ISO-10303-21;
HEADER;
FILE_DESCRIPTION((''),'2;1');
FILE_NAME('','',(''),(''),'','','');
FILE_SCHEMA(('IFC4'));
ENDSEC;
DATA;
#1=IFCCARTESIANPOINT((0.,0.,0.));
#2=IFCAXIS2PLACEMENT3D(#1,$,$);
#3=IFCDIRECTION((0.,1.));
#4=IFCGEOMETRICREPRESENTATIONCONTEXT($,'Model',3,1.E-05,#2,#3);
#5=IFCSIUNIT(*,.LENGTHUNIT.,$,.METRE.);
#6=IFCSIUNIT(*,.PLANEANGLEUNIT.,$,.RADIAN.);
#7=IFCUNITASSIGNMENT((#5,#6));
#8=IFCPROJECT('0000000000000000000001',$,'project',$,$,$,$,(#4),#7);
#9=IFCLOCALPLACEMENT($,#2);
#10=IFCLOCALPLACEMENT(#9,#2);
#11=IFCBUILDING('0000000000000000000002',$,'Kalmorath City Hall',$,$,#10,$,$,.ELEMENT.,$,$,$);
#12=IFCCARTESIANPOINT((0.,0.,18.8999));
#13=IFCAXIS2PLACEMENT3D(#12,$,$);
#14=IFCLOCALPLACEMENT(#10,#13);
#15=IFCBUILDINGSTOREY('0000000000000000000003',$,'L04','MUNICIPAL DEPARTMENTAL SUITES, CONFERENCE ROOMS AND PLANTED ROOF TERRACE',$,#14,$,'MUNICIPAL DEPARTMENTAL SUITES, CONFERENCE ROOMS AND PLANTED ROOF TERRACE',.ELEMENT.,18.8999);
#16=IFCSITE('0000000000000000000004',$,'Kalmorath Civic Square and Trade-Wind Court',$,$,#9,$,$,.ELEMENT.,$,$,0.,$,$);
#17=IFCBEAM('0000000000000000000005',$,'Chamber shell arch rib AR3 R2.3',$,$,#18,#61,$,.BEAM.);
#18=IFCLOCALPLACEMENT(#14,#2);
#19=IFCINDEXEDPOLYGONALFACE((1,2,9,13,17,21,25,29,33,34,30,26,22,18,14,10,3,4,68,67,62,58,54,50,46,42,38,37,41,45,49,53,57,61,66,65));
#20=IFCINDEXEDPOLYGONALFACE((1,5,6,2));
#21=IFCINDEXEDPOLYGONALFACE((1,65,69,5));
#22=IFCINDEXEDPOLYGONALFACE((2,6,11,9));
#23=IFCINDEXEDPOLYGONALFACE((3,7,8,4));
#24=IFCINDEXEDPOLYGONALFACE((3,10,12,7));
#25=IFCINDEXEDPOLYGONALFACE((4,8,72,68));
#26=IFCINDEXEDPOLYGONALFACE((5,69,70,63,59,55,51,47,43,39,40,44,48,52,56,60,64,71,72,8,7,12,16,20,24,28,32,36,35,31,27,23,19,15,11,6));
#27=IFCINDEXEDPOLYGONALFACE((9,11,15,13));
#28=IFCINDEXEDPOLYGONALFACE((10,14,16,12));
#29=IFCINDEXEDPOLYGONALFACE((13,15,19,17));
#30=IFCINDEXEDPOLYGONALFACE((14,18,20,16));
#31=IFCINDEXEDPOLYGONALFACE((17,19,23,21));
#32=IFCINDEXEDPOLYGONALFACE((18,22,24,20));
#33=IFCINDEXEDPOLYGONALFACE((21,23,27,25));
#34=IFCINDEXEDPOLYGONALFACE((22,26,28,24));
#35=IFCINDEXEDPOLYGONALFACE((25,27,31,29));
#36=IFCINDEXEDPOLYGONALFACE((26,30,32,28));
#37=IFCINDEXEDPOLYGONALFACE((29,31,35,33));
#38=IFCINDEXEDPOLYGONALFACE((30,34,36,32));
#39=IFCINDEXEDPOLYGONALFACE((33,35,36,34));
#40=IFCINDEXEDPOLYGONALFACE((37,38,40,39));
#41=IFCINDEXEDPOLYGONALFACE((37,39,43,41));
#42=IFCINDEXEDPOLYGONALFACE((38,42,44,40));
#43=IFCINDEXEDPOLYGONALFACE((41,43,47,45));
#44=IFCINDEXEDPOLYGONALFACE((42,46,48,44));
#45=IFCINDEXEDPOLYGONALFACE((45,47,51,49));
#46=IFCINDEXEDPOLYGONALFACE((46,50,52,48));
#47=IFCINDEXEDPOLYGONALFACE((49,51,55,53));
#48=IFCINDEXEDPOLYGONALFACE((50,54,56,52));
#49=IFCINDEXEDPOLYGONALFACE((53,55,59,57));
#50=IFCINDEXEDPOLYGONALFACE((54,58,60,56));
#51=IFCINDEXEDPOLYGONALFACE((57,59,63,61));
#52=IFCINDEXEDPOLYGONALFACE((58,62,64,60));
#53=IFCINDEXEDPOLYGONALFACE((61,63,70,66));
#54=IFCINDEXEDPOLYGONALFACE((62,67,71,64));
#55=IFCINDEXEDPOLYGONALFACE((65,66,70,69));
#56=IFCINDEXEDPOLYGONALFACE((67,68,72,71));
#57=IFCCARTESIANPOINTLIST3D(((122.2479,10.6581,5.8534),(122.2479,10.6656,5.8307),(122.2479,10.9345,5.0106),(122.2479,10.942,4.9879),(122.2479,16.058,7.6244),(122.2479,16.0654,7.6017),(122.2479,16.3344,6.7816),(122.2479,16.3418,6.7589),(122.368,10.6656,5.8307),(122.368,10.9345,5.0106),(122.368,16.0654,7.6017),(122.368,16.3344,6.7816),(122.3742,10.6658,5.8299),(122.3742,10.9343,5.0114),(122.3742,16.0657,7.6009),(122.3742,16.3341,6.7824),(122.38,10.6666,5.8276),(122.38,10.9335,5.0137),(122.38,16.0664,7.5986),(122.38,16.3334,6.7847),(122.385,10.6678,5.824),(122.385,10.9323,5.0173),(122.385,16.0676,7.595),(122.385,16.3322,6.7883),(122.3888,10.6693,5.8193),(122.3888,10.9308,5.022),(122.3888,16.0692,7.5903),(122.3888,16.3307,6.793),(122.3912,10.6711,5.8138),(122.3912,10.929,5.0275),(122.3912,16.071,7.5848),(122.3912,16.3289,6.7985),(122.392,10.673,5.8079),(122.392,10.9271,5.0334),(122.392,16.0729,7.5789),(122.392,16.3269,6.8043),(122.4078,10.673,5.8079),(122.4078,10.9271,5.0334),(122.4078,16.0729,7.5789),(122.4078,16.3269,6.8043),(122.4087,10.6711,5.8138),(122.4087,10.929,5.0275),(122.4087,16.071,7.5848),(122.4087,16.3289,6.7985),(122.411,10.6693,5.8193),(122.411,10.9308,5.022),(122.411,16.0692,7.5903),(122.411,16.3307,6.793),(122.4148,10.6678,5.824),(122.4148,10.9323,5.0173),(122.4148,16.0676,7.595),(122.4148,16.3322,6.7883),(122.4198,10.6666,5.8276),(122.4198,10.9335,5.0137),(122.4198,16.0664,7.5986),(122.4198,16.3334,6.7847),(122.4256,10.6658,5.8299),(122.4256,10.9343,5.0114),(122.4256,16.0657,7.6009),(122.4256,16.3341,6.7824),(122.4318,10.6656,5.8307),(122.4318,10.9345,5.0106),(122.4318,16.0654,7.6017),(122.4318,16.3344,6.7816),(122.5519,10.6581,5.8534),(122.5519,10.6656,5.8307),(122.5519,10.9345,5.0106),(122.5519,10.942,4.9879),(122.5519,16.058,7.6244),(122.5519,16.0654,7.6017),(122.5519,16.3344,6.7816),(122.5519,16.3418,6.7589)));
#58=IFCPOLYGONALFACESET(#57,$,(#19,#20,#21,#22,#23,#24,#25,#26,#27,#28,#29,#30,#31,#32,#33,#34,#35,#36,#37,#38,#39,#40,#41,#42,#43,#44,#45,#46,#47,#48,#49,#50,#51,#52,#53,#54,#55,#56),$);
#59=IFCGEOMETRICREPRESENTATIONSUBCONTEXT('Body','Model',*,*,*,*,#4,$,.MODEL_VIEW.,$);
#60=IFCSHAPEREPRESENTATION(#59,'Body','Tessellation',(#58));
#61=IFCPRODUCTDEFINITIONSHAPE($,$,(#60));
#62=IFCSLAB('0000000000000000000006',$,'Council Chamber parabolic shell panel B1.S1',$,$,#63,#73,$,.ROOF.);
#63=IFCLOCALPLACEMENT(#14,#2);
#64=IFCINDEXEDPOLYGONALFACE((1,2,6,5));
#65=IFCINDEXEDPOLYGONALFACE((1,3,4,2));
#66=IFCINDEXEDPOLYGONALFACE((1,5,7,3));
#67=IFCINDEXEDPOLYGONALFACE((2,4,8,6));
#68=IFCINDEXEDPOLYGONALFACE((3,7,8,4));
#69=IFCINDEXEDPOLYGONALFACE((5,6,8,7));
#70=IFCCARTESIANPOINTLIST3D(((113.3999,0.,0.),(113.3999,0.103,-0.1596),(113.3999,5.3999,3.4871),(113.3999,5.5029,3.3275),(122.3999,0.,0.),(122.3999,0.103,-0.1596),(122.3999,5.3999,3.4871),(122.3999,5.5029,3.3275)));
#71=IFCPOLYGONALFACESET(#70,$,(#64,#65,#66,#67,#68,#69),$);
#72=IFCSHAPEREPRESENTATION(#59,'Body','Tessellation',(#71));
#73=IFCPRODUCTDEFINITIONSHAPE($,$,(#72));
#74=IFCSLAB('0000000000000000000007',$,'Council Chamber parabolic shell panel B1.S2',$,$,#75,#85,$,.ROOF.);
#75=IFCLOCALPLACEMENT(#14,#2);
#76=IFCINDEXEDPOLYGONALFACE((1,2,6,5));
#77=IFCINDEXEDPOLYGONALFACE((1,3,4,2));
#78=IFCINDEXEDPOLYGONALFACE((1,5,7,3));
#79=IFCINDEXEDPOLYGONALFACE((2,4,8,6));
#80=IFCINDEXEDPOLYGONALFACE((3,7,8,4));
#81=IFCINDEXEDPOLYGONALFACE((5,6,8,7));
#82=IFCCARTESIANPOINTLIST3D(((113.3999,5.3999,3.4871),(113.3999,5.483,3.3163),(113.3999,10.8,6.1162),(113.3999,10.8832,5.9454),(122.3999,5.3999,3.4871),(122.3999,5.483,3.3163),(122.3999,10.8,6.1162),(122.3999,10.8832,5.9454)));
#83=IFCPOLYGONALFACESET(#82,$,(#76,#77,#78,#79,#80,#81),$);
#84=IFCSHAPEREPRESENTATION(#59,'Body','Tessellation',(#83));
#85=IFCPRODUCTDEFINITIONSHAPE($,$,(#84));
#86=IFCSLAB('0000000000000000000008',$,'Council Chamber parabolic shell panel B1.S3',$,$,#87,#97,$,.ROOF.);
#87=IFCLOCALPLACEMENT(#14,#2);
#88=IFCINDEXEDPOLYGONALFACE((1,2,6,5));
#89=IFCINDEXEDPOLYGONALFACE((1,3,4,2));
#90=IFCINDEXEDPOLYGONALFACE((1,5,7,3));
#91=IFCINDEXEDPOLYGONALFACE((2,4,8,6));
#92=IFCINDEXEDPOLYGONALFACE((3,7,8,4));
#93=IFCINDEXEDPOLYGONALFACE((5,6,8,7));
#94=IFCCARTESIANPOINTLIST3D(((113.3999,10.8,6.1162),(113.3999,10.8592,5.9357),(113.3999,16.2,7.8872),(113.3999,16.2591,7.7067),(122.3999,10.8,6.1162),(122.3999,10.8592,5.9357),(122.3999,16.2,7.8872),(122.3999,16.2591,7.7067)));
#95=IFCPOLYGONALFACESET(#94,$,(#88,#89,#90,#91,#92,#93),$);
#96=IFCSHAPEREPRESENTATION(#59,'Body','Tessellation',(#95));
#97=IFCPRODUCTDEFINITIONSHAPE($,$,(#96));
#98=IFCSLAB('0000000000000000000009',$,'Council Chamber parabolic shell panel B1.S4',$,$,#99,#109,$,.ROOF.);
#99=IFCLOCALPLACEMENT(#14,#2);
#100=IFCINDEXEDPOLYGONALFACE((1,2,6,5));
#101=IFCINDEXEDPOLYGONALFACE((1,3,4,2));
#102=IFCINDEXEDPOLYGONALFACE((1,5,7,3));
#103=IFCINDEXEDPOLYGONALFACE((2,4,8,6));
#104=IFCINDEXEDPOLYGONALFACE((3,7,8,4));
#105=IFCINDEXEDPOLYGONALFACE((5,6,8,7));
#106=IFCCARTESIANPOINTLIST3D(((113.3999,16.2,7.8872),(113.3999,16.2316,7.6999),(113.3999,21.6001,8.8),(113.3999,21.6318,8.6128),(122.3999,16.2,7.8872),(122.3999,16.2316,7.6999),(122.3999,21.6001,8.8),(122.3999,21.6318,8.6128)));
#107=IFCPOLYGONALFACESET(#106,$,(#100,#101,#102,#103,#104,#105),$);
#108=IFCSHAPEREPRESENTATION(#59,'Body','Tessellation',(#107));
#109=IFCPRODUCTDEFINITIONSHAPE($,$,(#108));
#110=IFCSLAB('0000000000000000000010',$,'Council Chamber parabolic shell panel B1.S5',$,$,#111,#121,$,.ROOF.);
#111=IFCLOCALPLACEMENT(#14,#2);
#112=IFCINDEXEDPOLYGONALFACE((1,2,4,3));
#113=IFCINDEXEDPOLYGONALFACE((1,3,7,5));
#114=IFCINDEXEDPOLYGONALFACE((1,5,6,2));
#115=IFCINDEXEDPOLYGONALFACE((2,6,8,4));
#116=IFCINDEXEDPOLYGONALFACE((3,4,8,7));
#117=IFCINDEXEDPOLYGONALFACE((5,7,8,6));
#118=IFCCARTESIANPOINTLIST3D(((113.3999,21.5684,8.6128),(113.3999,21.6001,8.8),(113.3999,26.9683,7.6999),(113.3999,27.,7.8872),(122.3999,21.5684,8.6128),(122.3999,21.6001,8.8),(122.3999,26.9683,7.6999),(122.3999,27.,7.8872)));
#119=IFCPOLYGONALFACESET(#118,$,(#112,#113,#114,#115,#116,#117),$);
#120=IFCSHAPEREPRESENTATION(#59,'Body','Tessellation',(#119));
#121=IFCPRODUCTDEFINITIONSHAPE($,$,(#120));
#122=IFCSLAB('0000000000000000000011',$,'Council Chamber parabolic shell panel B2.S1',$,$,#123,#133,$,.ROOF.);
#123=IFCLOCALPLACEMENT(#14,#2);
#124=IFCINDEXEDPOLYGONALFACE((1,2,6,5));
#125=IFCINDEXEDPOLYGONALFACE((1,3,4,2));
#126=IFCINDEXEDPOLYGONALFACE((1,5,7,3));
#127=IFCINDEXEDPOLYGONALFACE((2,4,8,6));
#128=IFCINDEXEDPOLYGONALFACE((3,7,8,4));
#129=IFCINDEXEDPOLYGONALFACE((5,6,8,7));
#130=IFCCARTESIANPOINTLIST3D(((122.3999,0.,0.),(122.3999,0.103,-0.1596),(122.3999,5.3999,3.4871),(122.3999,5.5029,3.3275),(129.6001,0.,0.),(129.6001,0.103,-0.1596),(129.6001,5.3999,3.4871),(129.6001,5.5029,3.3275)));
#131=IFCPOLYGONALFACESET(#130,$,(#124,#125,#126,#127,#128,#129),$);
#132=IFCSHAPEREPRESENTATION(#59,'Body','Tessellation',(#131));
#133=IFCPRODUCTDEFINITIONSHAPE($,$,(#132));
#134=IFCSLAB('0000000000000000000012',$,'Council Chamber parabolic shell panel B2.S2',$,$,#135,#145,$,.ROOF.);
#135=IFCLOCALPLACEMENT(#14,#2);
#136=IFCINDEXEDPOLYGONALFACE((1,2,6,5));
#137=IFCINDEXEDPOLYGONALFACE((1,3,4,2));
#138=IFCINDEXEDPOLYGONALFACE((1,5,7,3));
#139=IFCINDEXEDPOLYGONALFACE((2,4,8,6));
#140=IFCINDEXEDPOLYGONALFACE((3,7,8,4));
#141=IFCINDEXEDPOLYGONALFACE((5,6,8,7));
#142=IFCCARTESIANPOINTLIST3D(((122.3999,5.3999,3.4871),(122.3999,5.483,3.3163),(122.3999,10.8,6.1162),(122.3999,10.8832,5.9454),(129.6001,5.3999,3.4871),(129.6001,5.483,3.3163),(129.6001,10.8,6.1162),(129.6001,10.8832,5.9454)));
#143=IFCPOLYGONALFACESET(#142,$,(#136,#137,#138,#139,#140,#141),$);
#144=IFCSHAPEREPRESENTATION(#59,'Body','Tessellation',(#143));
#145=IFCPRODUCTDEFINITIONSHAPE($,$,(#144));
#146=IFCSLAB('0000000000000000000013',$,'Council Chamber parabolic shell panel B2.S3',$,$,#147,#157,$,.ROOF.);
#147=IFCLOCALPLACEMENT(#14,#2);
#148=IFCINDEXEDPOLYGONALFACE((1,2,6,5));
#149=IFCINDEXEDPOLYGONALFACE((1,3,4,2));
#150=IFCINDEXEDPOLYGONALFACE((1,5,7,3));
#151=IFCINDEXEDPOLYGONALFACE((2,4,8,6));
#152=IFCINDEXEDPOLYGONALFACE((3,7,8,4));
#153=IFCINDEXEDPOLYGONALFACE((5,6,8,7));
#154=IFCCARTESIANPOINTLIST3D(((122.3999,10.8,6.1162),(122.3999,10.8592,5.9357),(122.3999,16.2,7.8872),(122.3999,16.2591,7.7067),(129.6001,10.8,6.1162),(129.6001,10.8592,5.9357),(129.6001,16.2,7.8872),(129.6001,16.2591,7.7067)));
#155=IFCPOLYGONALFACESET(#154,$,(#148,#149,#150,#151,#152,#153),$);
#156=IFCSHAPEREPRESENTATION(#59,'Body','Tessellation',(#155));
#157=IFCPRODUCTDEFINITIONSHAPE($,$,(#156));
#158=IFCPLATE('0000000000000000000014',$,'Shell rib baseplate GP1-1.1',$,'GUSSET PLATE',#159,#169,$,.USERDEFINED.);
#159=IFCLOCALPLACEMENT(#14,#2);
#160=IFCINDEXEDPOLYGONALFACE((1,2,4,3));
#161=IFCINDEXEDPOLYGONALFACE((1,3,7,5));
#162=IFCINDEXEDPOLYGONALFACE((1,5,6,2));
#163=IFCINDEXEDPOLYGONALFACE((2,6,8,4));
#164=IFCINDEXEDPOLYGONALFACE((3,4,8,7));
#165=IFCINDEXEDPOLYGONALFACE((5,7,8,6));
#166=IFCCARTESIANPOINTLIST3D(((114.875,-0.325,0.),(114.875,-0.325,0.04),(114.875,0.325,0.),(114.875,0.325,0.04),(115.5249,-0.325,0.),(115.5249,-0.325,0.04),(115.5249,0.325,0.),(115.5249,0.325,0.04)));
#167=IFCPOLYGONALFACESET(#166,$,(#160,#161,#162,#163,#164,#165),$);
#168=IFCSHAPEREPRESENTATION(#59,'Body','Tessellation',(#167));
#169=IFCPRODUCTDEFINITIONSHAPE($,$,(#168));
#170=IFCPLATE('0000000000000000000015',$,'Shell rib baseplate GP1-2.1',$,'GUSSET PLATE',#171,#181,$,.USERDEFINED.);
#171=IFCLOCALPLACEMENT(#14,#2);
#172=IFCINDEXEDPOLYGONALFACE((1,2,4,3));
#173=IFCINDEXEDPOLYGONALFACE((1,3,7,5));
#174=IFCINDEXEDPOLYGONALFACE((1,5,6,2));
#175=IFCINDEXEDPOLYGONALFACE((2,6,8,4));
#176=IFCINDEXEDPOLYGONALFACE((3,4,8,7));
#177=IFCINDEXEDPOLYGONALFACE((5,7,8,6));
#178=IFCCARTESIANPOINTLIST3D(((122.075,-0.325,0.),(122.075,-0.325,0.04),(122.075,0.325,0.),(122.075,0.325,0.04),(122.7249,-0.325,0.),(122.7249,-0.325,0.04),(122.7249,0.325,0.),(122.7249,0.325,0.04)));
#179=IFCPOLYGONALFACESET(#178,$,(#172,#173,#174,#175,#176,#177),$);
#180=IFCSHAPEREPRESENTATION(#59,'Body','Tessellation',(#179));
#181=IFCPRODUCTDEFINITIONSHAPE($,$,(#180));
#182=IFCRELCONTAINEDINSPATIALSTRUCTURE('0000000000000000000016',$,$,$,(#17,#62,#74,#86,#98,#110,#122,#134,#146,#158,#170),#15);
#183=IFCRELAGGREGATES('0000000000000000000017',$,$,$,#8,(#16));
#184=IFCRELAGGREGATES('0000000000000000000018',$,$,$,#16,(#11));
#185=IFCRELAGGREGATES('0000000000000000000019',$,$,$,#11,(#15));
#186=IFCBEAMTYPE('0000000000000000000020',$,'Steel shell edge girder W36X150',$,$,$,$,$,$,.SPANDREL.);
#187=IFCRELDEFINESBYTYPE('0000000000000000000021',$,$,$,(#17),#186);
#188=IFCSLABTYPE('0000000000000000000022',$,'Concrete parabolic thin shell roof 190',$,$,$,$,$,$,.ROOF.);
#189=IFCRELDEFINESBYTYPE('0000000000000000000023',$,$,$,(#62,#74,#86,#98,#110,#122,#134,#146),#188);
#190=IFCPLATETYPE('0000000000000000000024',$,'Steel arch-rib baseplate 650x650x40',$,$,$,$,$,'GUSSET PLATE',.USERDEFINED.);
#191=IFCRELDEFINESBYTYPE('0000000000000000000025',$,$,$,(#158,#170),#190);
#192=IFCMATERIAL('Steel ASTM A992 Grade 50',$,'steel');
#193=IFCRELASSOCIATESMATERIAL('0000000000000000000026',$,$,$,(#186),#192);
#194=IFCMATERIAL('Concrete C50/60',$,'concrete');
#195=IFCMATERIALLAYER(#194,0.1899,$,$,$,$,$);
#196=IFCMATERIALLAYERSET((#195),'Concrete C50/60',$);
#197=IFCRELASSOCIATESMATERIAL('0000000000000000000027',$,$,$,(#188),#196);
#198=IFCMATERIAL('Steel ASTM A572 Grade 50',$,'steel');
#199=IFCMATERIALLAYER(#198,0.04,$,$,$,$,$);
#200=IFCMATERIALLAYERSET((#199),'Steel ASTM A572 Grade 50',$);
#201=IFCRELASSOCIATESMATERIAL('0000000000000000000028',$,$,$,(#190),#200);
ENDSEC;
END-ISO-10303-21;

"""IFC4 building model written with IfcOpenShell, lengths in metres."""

from ifc_helpers import new_model, si_unit, direction, frame, origin, origin_2d, place, context, subcontext, project, spatial, polyline, rectangle, i_section, outline, extrude, material, layer, layer_set, material_profile, profile_set, type_object, element, save


model = new_model("IFC4")

# Units and contexts
model_context = context("Model", 3, precision=1e-05, world=origin(), true_north=direction((0.0, 1.0)))
body_context = subcontext(model_context, "Body", "Model", "MODEL_VIEW")
ifc_project = project(units=[si_unit("LENGTHUNIT", "METRE"), si_unit("PLANEANGLEUNIT", "RADIAN")], contexts=[model_context])

# Site, building, storey
site_placement = place(None, origin())
site = spatial("IfcSite", under=ifc_project, at=site_placement, Name="Kalmorath Civic Square and Trade-Wind Court", CompositionType="ELEMENT", RefElevation=0.0)
building_placement = place(site_placement, origin())
building = spatial("IfcBuilding", under=site, at=building_placement, Name="Kalmorath City Hall", CompositionType="ELEMENT")
storey_placement = place(building_placement, frame((0.0, 0.0, 18.8999)))
storey = spatial("IfcBuildingStorey", under=building, at=storey_placement, Name="L04", Description="MUNICIPAL DEPARTMENTAL SUITES, CONFERENCE ROOMS AND PLANTED ROOF TERRACE", LongName="MUNICIPAL DEPARTMENTAL SUITES, CONFERENCE ROOMS AND PLANTED ROOF TERRACE", CompositionType="ELEMENT", Elevation=18.8999)

# Beam
ifc_material_1 = material(Name="Steel ASTM A992 Grade 50", Category="steel")
ifc_material_profile_1 = material_profile(ifc_material_1, i_section(OverallWidth=0.304, OverallDepth=0.9109, WebThickness=0.0159, FlangeThickness=0.0239, FilletRadius=0.0239, at=origin_2d()), Name="W36X150")
ifc_profile_set_1 = profile_set([ifc_material_profile_1], Name="Steel ASTM A992 Grade 50")
beam_type_1 = type_object("IfcBeamType", Name="Steel shell edge girder W36X150", PredefinedType="SPANDREL", material=ifc_profile_set_1)
beam_1_placement = place(storey_placement, frame((122.3999, 10.8, 5.4207), z_axis=(0.0, 0.950202, 0.311636), x_axis=(-1.0, 0.0, 0.0)))
element("IfcBeam", 1, at=beam_1_placement, inside=storey, type_object=beam_type_1, Name="Chamber shell arch rib AR3 R2.3", PredefinedType="BEAM", context=body_context, shape_type="SweptSolid", body=[
    extrude(i_section(OverallWidth=0.304, OverallDepth=0.9109, WebThickness=0.0159, FlangeThickness=0.0239, FilletRadius=0.0239, at=origin_2d()), origin(), (0.0, 0.0, 1.0), 5.6829),
])

# Slabs
ifc_material_2 = material(Name="Concrete C50/60", Category="concrete")
ifc_layer_1 = layer(ifc_material_2, 0.1899)
ifc_layer_set_1 = layer_set([ifc_layer_1], Name="Concrete C50/60")
slab_type = type_object("IfcSlabType", Name="Concrete parabolic thin shell roof 190", PredefinedType="ROOF", material=ifc_layer_set_1)
slab_1_placement = place(storey_placement, frame((113.3999, 0.0, 0.0), z_axis=(0.0, -0.542484, 0.840066), x_axis=(1.0, 0.0, 0.0)))
element("IfcSlab", 2, at=slab_1_placement, inside=storey, type_object=slab_type, Name="Council Chamber parabolic shell panel B1.S1", PredefinedType="ROOF", context=body_context, shape_type="SweptSolid", body=[
    extrude(outline(polyline([(0.0, 0.0), (9.0, 0.0), (9.0, 6.4279), (0.0, 6.4279), (0.0, 0.0)])), origin(), (0.0, 0.0, -1.0), 0.1899),
])
slab_2_placement = place(storey_placement, frame((113.3999, 5.3999, 3.4871), z_axis=(0.0, -0.437742, 0.899101), x_axis=(1.0, 0.0, 0.0)))
element("IfcSlab", 3, at=slab_2_placement, inside=storey, type_object=slab_type, Name="Council Chamber parabolic shell panel B1.S2", PredefinedType="ROOF", context=body_context, shape_type="SweptSolid", body=[
    extrude(outline(polyline([(0.0, 0.0), (9.0, 0.0), (9.0, 6.0062), (0.0, 6.0062), (0.0, 0.0)])), origin(), (0.0, 0.0, -1.0), 0.1899),
])
slab_3_placement = place(storey_placement, frame((113.3999, 10.8, 6.1162), z_axis=(0.0, -0.311636, 0.950202), x_axis=(1.0, 0.0, 0.0)))
element("IfcSlab", 4, at=slab_3_placement, inside=storey, type_object=slab_type, Name="Council Chamber parabolic shell panel B1.S3", PredefinedType="ROOF", context=body_context, shape_type="SweptSolid", body=[
    extrude(outline(polyline([(0.0, 0.0), (9.0, 0.0), (9.0, 5.6829), (0.0, 5.6829), (0.0, 0.0)])), origin(), (0.0, 0.0, -1.0), 0.1899),
])
slab_4_placement = place(storey_placement, frame((113.3999, 16.2, 7.8872), z_axis=(0.0, -0.166676, 0.986012), x_axis=(1.0, 0.0, 0.0)))
element("IfcSlab", 5, at=slab_4_placement, inside=storey, type_object=slab_type, Name="Council Chamber parabolic shell panel B1.S4", PredefinedType="ROOF", context=body_context, shape_type="SweptSolid", body=[
    extrude(outline(polyline([(0.0, 0.0), (9.0, 0.0), (9.0, 5.4768), (0.0, 5.4768), (0.0, 0.0)])), origin(), (0.0, 0.0, -1.0), 0.1899),
])
slab_5_placement = place(storey_placement, frame((113.3999, 21.6001, 8.8), z_axis=(0.0, 0.166683, 0.986011), x_axis=(1.0, 0.0, 0.0)))
element("IfcSlab", 6, at=slab_5_placement, inside=storey, type_object=slab_type, Name="Council Chamber parabolic shell panel B1.S5", PredefinedType="ROOF", context=body_context, shape_type="SweptSolid", body=[
    extrude(outline(polyline([(0.0, 0.0), (9.0, 0.0), (9.0, 5.4765), (0.0, 5.4765), (0.0, 0.0)])), origin(), (0.0, 0.0, -1.0), 0.1899),
])
slab_6_placement = place(storey_placement, frame((122.3999, 0.0, 0.0), z_axis=(0.0, -0.542484, 0.840066), x_axis=(1.0, 0.0, 0.0)))
element("IfcSlab", 7, at=slab_6_placement, inside=storey, type_object=slab_type, Name="Council Chamber parabolic shell panel B2.S1", PredefinedType="ROOF", context=body_context, shape_type="SweptSolid", body=[
    extrude(outline(polyline([(0.0, 0.0), (7.2002, 0.0), (7.2002, 6.4279), (0.0, 6.4279), (0.0, 0.0)])), origin(), (0.0, 0.0, -1.0), 0.1899),
])
slab_7_placement = place(storey_placement, frame((122.3999, 5.3999, 3.4871), z_axis=(0.0, -0.437742, 0.899101), x_axis=(1.0, 0.0, 0.0)))
element("IfcSlab", 8, at=slab_7_placement, inside=storey, type_object=slab_type, Name="Council Chamber parabolic shell panel B2.S2", PredefinedType="ROOF", context=body_context, shape_type="SweptSolid", body=[
    extrude(outline(polyline([(0.0, 0.0), (7.2002, 0.0), (7.2002, 6.0062), (0.0, 6.0062), (0.0, 0.0)])), origin(), (0.0, 0.0, -1.0), 0.1899),
])
slab_8_placement = place(storey_placement, frame((122.3999, 10.8, 6.1162), z_axis=(0.0, -0.311636, 0.950202), x_axis=(1.0, 0.0, 0.0)))
element("IfcSlab", 9, at=slab_8_placement, inside=storey, type_object=slab_type, Name="Council Chamber parabolic shell panel B2.S3", PredefinedType="ROOF", context=body_context, shape_type="SweptSolid", body=[
    extrude(outline(polyline([(0.0, 0.0), (7.2002, 0.0), (7.2002, 5.6829), (0.0, 5.6829), (0.0, 0.0)])), origin(), (0.0, 0.0, -1.0), 0.1899),
])

# Plates
ifc_material_3 = material(Name="Steel ASTM A572 Grade 50", Category="steel")
ifc_layer_2 = layer(ifc_material_3, 0.04)
ifc_layer_set_2 = layer_set([ifc_layer_2], Name="Steel ASTM A572 Grade 50")
plate_type = type_object("IfcPlateType", Name="Steel arch-rib baseplate 650x650x40", ElementType="GUSSET PLATE", PredefinedType="USERDEFINED", material=ifc_layer_set_2)
for number, where, z_axis, x_axis, name in (
    (10, (115.2, 0.0, 0.0), (0.0, 0.0, 1.0), (1.0, 0.0, 0.0), "Shell rib baseplate GP1-1.1"),
    (11, (122.3999, 0.0, 0.0), (0.0, 0.0, 1.0), (1.0, 0.0, 0.0), "Shell rib baseplate GP1-2.1"),
):
    element("IfcPlate", number, at=place(storey_placement, frame(where, z_axis=z_axis, x_axis=x_axis)), inside=storey, type_object=plate_type, Name=name, ObjectType="GUSSET PLATE", PredefinedType="USERDEFINED", context=body_context, shape_type="SweptSolid", body=[
        extrude(rectangle(XDim=0.6499, YDim=0.6499, at=origin_2d()), origin(), (0.0, 0.0, 1.0), 0.04),
    ])

save(model, "model.ifc")
